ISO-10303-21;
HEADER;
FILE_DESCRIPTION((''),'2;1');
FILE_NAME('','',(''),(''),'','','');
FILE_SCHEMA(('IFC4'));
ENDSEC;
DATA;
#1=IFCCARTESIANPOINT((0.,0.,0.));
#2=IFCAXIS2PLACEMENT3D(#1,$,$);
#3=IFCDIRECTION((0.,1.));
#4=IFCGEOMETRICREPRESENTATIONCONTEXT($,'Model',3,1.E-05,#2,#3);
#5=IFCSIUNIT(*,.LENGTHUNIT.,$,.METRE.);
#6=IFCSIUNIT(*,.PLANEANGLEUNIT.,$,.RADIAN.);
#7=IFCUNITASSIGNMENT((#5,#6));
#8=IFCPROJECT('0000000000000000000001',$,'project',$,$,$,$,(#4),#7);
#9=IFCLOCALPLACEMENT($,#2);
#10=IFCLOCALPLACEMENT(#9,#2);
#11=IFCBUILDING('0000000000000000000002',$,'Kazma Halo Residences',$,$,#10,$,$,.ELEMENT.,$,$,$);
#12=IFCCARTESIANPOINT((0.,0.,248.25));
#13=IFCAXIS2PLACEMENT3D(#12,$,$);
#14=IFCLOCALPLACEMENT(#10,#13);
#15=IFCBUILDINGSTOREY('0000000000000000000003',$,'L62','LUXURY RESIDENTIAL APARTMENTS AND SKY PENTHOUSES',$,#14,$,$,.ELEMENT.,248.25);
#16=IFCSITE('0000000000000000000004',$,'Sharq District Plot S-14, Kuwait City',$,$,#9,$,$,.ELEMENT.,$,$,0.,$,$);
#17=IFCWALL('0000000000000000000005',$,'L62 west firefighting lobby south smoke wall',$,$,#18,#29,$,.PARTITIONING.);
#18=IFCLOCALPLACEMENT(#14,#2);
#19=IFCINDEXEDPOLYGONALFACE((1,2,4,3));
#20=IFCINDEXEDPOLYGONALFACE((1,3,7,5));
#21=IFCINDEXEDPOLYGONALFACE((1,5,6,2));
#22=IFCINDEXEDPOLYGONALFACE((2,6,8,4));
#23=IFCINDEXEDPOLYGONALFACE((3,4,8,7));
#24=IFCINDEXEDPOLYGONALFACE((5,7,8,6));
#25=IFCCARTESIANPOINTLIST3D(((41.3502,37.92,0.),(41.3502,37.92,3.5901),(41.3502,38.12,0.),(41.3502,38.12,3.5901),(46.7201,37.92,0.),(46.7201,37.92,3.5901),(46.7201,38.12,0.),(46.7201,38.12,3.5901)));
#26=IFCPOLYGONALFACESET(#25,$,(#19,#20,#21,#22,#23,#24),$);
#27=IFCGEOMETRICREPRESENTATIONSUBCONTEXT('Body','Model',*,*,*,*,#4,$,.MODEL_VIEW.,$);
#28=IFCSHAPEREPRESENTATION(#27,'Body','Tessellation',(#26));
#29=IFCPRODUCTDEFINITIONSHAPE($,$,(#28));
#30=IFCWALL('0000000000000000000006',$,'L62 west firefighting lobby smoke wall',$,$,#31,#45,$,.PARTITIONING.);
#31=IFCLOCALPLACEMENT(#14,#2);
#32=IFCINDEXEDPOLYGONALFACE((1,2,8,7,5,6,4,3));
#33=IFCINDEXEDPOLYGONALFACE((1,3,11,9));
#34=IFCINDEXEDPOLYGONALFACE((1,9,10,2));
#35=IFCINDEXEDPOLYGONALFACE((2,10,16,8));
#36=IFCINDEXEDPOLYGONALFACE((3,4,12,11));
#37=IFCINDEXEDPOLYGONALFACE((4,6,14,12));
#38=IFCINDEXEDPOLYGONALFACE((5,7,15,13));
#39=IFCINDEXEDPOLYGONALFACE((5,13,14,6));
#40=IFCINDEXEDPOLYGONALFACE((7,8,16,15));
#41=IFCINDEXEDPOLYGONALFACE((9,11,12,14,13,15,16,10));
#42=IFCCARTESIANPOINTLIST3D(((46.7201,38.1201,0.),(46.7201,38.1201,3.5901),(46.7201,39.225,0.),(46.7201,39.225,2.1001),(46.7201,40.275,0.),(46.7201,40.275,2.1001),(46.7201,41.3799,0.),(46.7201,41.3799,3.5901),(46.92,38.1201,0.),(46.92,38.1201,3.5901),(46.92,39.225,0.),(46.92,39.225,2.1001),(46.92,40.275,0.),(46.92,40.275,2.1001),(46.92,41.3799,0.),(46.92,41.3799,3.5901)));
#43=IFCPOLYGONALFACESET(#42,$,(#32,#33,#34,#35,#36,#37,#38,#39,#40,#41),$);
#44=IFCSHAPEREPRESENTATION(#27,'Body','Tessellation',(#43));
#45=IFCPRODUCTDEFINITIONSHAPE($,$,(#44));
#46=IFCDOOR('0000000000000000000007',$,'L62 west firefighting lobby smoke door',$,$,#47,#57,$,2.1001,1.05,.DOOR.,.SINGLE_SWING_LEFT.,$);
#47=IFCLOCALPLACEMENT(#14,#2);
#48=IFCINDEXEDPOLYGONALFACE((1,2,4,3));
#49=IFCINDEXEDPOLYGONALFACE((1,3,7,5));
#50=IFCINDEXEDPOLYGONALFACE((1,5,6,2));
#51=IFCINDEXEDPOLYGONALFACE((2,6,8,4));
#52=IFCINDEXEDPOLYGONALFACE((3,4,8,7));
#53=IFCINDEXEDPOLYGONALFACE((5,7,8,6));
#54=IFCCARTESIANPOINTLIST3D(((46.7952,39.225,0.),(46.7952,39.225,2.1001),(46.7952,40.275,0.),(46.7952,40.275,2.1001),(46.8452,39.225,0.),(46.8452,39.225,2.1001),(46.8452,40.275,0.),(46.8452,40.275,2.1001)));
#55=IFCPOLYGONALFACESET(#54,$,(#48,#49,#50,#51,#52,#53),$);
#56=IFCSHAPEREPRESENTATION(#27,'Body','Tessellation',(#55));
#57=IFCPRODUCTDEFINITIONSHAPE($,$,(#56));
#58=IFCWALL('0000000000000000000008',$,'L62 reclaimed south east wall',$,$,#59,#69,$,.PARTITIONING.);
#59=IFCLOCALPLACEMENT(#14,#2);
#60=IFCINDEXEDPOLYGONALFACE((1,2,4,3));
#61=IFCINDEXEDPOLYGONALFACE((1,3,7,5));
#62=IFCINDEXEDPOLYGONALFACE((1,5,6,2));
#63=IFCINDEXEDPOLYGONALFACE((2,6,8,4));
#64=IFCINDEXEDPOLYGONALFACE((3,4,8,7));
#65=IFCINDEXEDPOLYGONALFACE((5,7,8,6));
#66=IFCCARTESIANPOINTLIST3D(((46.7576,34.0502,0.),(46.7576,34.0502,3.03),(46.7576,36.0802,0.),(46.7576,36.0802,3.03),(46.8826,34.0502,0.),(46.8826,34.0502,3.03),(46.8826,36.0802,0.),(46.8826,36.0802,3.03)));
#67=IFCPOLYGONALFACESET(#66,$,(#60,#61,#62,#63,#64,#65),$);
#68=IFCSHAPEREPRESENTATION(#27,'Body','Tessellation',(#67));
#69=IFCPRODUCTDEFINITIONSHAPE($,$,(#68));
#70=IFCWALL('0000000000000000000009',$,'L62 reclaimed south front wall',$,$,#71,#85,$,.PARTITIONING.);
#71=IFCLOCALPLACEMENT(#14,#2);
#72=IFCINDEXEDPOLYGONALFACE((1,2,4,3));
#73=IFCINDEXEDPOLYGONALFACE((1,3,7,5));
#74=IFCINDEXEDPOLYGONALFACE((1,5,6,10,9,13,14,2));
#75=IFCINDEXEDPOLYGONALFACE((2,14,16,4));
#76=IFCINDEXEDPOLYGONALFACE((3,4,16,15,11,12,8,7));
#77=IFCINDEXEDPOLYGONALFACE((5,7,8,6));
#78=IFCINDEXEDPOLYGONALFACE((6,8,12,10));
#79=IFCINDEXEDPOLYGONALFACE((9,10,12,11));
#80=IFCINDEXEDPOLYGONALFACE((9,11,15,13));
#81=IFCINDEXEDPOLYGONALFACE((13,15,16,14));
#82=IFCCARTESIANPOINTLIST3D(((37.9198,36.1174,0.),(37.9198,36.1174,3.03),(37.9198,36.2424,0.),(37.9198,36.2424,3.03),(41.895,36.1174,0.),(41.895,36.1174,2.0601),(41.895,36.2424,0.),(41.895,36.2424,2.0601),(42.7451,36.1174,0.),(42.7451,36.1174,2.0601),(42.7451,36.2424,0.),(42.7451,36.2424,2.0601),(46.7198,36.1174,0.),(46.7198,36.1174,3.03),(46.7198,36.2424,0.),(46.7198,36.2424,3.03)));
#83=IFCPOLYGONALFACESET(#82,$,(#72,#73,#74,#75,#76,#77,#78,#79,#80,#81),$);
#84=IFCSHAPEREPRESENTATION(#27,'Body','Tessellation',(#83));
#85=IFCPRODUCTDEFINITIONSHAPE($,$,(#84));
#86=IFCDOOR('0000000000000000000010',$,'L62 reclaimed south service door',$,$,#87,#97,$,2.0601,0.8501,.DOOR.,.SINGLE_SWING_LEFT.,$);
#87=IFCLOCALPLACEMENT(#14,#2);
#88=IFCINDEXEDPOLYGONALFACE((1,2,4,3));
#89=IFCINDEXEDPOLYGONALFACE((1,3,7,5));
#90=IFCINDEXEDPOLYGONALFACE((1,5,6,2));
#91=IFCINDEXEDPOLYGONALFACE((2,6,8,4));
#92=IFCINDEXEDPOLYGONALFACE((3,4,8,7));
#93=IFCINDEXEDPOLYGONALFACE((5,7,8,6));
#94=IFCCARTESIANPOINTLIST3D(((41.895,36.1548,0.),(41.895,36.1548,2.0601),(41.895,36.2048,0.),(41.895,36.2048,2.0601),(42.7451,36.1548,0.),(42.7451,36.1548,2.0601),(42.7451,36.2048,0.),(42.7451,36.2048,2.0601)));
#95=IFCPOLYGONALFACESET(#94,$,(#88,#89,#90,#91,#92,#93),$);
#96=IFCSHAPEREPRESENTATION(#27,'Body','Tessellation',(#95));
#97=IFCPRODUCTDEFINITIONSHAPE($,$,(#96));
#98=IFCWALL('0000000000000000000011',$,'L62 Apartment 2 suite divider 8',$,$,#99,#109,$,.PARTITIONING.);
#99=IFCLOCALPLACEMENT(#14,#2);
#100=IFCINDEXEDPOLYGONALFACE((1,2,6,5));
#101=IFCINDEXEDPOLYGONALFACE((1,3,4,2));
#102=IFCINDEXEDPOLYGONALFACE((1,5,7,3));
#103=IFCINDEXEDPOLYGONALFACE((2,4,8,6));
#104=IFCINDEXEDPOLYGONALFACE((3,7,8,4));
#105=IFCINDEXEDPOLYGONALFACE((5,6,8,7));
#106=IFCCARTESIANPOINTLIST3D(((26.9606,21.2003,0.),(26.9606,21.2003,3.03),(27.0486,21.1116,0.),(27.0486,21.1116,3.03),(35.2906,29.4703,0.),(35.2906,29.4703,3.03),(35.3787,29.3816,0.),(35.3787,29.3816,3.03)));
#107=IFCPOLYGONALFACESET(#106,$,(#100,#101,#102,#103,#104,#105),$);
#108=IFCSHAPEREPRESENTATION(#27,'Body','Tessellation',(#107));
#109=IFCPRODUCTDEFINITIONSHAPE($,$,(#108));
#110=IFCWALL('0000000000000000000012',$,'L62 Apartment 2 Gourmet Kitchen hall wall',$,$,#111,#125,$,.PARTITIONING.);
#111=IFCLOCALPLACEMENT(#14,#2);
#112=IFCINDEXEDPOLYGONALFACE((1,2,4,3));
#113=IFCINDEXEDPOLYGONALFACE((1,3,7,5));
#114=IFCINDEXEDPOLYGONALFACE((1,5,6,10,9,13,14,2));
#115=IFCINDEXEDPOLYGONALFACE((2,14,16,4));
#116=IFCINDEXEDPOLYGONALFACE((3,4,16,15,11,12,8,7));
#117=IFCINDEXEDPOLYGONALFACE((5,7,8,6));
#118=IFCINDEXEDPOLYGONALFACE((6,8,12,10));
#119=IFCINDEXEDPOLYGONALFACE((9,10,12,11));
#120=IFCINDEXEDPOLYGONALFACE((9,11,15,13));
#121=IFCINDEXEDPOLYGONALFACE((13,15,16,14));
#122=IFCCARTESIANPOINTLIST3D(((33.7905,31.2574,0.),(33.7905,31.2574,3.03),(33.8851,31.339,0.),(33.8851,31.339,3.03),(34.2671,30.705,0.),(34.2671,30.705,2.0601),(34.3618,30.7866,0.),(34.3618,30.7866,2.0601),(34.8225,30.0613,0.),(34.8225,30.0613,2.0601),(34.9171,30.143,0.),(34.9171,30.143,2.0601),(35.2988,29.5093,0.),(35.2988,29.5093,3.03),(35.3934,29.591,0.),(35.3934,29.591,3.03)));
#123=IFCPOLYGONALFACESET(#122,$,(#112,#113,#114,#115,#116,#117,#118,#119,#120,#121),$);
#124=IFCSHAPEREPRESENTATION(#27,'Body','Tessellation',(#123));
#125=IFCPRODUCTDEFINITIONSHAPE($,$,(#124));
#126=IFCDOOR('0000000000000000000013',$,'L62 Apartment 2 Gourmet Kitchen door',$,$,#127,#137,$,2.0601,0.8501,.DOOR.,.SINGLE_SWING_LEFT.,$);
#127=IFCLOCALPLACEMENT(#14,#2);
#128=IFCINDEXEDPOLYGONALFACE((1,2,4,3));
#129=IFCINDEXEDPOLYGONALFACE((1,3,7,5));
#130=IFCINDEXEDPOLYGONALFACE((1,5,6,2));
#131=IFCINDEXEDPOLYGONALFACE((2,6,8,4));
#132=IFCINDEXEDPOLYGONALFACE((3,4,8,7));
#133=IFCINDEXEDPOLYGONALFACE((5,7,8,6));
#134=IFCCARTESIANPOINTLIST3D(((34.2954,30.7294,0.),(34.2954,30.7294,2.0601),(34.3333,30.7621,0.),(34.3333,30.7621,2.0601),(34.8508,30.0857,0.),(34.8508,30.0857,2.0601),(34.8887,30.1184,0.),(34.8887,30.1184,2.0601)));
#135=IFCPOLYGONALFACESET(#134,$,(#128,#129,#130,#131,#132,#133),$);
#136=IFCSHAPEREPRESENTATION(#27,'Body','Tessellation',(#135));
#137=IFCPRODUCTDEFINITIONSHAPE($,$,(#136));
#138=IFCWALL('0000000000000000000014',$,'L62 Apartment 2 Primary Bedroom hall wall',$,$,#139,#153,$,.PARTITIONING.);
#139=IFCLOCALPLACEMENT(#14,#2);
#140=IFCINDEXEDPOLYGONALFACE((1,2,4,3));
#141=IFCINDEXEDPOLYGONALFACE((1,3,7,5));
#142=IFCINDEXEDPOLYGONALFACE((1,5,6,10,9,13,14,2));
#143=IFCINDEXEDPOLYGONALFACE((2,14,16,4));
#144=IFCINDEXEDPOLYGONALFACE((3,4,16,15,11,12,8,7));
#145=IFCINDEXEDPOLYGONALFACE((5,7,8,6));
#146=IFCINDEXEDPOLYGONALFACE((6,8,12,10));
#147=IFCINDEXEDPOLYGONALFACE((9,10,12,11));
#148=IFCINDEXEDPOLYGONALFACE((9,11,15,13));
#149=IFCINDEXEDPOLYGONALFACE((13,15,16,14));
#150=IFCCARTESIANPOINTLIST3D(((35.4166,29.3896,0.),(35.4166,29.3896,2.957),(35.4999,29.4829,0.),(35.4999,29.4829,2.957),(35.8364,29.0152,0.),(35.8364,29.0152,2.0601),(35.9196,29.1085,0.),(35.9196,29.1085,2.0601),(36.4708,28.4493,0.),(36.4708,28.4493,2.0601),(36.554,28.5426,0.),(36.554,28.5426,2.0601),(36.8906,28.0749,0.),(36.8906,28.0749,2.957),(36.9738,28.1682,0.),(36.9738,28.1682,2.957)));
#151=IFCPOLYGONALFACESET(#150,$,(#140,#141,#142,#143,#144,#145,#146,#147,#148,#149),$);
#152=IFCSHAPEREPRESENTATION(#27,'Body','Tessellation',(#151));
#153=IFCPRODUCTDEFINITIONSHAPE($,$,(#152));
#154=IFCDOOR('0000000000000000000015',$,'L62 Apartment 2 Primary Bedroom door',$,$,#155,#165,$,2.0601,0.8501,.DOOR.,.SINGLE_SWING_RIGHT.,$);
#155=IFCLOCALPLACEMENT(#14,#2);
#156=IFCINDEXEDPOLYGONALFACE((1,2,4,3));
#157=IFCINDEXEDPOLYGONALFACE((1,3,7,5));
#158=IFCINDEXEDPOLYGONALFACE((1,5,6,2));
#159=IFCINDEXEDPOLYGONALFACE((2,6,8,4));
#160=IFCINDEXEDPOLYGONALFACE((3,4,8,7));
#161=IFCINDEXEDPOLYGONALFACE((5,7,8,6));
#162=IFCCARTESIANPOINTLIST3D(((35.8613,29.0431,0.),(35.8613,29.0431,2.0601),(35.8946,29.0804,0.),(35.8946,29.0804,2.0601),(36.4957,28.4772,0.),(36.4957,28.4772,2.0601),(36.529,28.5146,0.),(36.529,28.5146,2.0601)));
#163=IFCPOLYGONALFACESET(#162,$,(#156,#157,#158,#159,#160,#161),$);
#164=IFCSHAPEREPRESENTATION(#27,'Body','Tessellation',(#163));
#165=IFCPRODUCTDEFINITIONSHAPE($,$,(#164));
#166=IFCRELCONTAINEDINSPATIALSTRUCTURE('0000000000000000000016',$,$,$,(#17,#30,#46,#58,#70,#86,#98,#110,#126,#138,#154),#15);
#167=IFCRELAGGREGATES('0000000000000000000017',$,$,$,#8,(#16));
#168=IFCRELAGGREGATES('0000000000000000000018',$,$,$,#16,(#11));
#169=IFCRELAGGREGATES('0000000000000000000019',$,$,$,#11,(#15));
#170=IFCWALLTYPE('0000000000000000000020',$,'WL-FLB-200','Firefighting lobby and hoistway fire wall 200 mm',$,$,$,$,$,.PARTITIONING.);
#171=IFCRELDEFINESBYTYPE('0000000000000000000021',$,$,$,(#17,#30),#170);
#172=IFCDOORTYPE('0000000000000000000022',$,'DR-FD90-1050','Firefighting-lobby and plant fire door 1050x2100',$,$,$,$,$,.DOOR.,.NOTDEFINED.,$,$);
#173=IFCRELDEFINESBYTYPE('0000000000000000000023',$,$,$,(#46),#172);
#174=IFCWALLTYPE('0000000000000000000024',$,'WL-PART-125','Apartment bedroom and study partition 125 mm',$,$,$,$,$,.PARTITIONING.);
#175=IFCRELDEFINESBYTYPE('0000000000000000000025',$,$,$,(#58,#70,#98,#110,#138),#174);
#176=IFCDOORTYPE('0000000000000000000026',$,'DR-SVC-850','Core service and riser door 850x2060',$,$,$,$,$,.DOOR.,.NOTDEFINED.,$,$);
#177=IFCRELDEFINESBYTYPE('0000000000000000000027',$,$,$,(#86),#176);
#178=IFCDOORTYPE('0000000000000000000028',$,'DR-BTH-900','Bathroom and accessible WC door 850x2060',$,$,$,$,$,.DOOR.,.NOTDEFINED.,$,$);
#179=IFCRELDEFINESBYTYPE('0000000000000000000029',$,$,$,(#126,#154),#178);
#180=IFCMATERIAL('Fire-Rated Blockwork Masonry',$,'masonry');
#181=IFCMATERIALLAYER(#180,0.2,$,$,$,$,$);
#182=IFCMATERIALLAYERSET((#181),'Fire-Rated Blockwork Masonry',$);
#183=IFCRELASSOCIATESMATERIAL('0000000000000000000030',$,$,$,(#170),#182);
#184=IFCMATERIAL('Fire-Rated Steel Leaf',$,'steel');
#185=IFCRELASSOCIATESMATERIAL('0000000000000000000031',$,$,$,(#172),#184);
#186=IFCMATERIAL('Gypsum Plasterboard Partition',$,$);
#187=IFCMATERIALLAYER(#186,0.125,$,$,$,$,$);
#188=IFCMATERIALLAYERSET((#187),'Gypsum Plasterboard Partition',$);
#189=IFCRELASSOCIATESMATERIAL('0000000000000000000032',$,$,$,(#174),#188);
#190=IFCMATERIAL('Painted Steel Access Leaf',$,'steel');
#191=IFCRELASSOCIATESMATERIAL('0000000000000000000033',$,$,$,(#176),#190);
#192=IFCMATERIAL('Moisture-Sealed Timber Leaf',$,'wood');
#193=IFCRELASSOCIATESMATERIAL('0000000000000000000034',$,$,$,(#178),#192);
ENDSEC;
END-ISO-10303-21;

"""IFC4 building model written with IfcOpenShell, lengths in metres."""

from ifc_helpers import new_model, si_unit, direction, frame, frame_2d, origin, place, context, subcontext, project, spatial, rectangle, extrude, material, layer, layer_set, type_object, element, fill, save


model = new_model("IFC4")

# Units and contexts
model_context = context("Model", 3, precision=1e-05, world=origin(), true_north=direction((0.0, 1.0)))
body_context = subcontext(model_context, "Body", "Model", "MODEL_VIEW")
ifc_project = project(units=[si_unit("LENGTHUNIT", "METRE"), si_unit("PLANEANGLEUNIT", "RADIAN")], contexts=[model_context])

# Site, building, storey
site_placement = place(None, origin())
site = spatial("IfcSite", under=ifc_project, at=site_placement, Name="Sharq District Plot S-14, Kuwait City", CompositionType="ELEMENT", RefElevation=0.0)
building_placement = place(site_placement, origin())
building = spatial("IfcBuilding", under=site, at=building_placement, Name="Kazma Halo Residences", CompositionType="ELEMENT")
storey_placement = place(building_placement, frame((0.0, 0.0, 248.25)))
storey = spatial("IfcBuildingStorey", under=building, at=storey_placement, Name="L62", Description="LUXURY RESIDENTIAL APARTMENTS AND SKY PENTHOUSES", CompositionType="ELEMENT", Elevation=248.25)

# Wall
ifc_material_1 = material(Name="Fire-Rated Blockwork Masonry", Category="masonry")
ifc_layer_1 = layer(ifc_material_1, 0.2)
ifc_layer_set_1 = layer_set([ifc_layer_1], Name="Fire-Rated Blockwork Masonry")
wall_type_1 = type_object("IfcWallType", Name="WL-FLB-200", Description="Firefighting lobby and hoistway fire wall 200 mm", PredefinedType="PARTITIONING", material=ifc_layer_set_1)
wall_1_placement = place(storey_placement, frame((41.3501, 38.02, 0.0), z_axis=(0.0, 0.0, 1.0), x_axis=(1.0, 0.0, 0.0)))
element("IfcWall", 1, at=wall_1_placement, inside=storey, type_object=wall_type_1, Name="L62 west firefighting lobby south smoke wall", PredefinedType="PARTITIONING", context=body_context, shape_type="SweptSolid", body=[
    extrude(rectangle(XDim=5.3699, YDim=0.2, at=frame_2d((2.6851, 0.0))), origin(), (0.0, 0.0, 1.0), 3.5901),
])

# Wall, opening, door
wall_2_placement = place(storey_placement, frame((46.8201, 38.1201, 0.0), z_axis=(0.0, 0.0, 1.0), x_axis=(0.0, 1.0, 0.0)))
wall_2 = element("IfcWall", 2, at=wall_2_placement, inside=storey, type_object=wall_type_1, Name="L62 west firefighting lobby smoke wall", PredefinedType="PARTITIONING", context=body_context, shape_type="SweptSolid", body=[
    extrude(rectangle(XDim=3.2598, YDim=0.2, at=frame_2d((1.6299, 0.0))), origin(), (0.0, 0.0, 1.0), 3.5901),
])
opening_1_placement = place(wall_2_placement, frame((1.105, 0.0, 0.0)))
opening_1 = element("IfcOpeningElement", 3, at=opening_1_placement, cuts=wall_2, PredefinedType="OPENING", context=body_context, shape_type="SweptSolid", body=[
    extrude(rectangle(XDim=1.05, YDim=2.1001, at=frame_2d((0.5249, 1.05))), frame((0.0, 0.1099, 0.0), z_axis=(0.0, -1.0, 0.0), x_axis=(1.0, 0.0, 0.0)), (0.0, 0.0, 1.0), 0.22),
])
ifc_material_2 = material(Name="Fire-Rated Steel Leaf", Category="steel")
door_type_1 = type_object("IfcDoorType", Name="DR-FD90-1050", Description="Firefighting-lobby and plant fire door 1050x2100", OperationType="NOTDEFINED", PredefinedType="DOOR", material=ifc_material_2)
door_1_placement = place(opening_1_placement, origin())
door_1 = element("IfcDoor", 4, at=door_1_placement, inside=storey, type_object=door_type_1, Name="L62 west firefighting lobby smoke door", OperationType="SINGLE_SWING_LEFT", OverallHeight=2.1001, OverallWidth=1.05, PredefinedType="DOOR", context=body_context, shape_type="SweptSolid", body=[
    extrude(rectangle(XDim=1.05, YDim=2.1001, at=frame_2d((0.5249, 1.05))), frame((0.0, 0.0249, 0.0), z_axis=(0.0, -1.0, 0.0), x_axis=(1.0, 0.0, 0.0)), (0.0, 0.0, 1.0), 0.05),
])
fill(opening_1, door_1)

# Wall
ifc_material_3 = material(Name="Gypsum Plasterboard Partition")
ifc_layer_2 = layer(ifc_material_3, 0.125)
ifc_layer_set_2 = layer_set([ifc_layer_2], Name="Gypsum Plasterboard Partition")
wall_type_2 = type_object("IfcWallType", Name="WL-PART-125", Description="Apartment bedroom and study partition 125 mm", PredefinedType="PARTITIONING", material=ifc_layer_set_2)
wall_3_placement = place(storey_placement, frame((46.8201, 34.05, 0.0), z_axis=(0.0, 0.0, 1.0), x_axis=(0.0, 1.0, 0.0)))
element("IfcWall", 5, at=wall_3_placement, inside=storey, type_object=wall_type_2, Name="L62 reclaimed south east wall", PredefinedType="PARTITIONING", context=body_context, shape_type="SweptSolid", body=[
    extrude(rectangle(XDim=2.03, YDim=0.125, at=frame_2d((1.0151, 0.0))), origin(), (0.0, 0.0, 1.0), 3.03),
])

# Wall, opening, door
wall_4_placement = place(storey_placement, frame((37.9199, 36.1799, 0.0), z_axis=(0.0, 0.0, 1.0), x_axis=(1.0, 0.0, 0.0)))
wall_4 = element("IfcWall", 6, at=wall_4_placement, inside=storey, type_object=wall_type_2, Name="L62 reclaimed south front wall", PredefinedType="PARTITIONING", context=body_context, shape_type="SweptSolid", body=[
    extrude(rectangle(XDim=8.8, YDim=0.125, at=frame_2d((4.3999, 0.0))), origin(), (0.0, 0.0, 1.0), 3.03),
])
opening_2_placement = place(wall_4_placement, frame((3.9751, 0.0, 0.0)))
opening_2 = element("IfcOpeningElement", 7, at=opening_2_placement, cuts=wall_4, PredefinedType="OPENING", context=body_context, shape_type="SweptSolid", body=[
    extrude(rectangle(XDim=0.8501, YDim=2.0601, at=frame_2d((0.425, 1.03))), frame((0.0, 0.0725, 0.0), z_axis=(0.0, -1.0, 0.0), x_axis=(1.0, 0.0, 0.0)), (0.0, 0.0, 1.0), 0.145),
])
ifc_material_4 = material(Name="Painted Steel Access Leaf", Category="steel")
door_type_2 = type_object("IfcDoorType", Name="DR-SVC-850", Description="Core service and riser door 850x2060", OperationType="NOTDEFINED", PredefinedType="DOOR", material=ifc_material_4)
door_2_placement = place(opening_2_placement, origin())
door_2 = element("IfcDoor", 8, at=door_2_placement, inside=storey, type_object=door_type_2, Name="L62 reclaimed south service door", OperationType="SINGLE_SWING_LEFT", OverallHeight=2.0601, OverallWidth=0.8501, PredefinedType="DOOR", context=body_context, shape_type="SweptSolid", body=[
    extrude(rectangle(XDim=0.8501, YDim=2.0601, at=frame_2d((0.425, 1.03))), frame((0.0, 0.0249, 0.0), z_axis=(0.0, -1.0, 0.0), x_axis=(1.0, 0.0, 0.0)), (0.0, 0.0, 1.0), 0.05),
])
fill(opening_2, door_2)

# Wall
wall_5_placement = place(storey_placement, frame((35.3347, 29.426, 0.0), z_axis=(0.0, 0.0, 1.0), x_axis=(-0.70966, -0.704544, 0.0)))
element("IfcWall", 9, at=wall_5_placement, inside=storey, type_object=wall_type_2, Name="L62 Apartment 2 suite divider 8", PredefinedType="PARTITIONING", context=body_context, shape_type="SweptSolid", body=[
    extrude(rectangle(XDim=11.738, YDim=0.125, at=frame_2d((5.8691, 0.0))), origin(), (0.0, 0.0, 1.0), 3.03),
])

# Walls, openings, doors
wall_6_placement = place(storey_placement, frame((33.8379, 31.2981, 0.0), z_axis=(0.0, 0.0, 1.0), x_axis=(0.653278, -0.757118, 0.0)))
wall_6 = element("IfcWall", 10, at=wall_6_placement, inside=storey, type_object=wall_type_2, Name="L62 Apartment 2 Gourmet Kitchen hall wall", PredefinedType="PARTITIONING", context=body_context, shape_type="SweptSolid", body=[
    extrude(rectangle(XDim=2.3088, YDim=0.125, at=frame_2d((1.1543, 0.0))), origin(), (0.0, 0.0, 1.0), 3.03),
])
opening_3_placement = place(wall_6_placement, frame((0.7295, 0.0, 0.0)))
opening_3 = element("IfcOpeningElement", 11, at=opening_3_placement, cuts=wall_6, PredefinedType="OPENING", context=body_context, shape_type="SweptSolid", body=[
    extrude(rectangle(XDim=0.8501, YDim=2.0601, at=frame_2d((0.425, 1.03))), frame((0.0, 0.0725, 0.0), z_axis=(0.0, -1.0, 0.0), x_axis=(1.0, 0.0, 0.0)), (0.0, 0.0, 1.0), 0.145),
])
ifc_material_5 = material(Name="Moisture-Sealed Timber Leaf", Category="wood")
door_type_3 = type_object("IfcDoorType", Name="DR-BTH-900", Description="Bathroom and accessible WC door 850x2060", OperationType="NOTDEFINED", PredefinedType="DOOR", material=ifc_material_5)
door_3_placement = place(opening_3_placement, origin())
door_3 = element("IfcDoor", 12, at=door_3_placement, inside=storey, type_object=door_type_3, Name="L62 Apartment 2 Gourmet Kitchen door", OperationType="SINGLE_SWING_LEFT", OverallHeight=2.0601, OverallWidth=0.8501, PredefinedType="DOOR", context=body_context, shape_type="SweptSolid", body=[
    extrude(rectangle(XDim=0.8501, YDim=2.0601, at=frame_2d((0.425, 1.03))), frame((0.0, 0.0249, 0.0), z_axis=(0.0, -1.0, 0.0), x_axis=(1.0, 0.0, 0.0)), (0.0, 0.0, 1.0), 0.05),
])
fill(opening_3, door_3)
wall_7_placement = place(storey_placement, frame((35.4583, 29.4363, 0.0), z_axis=(0.0, 0.0, 1.0), x_axis=(0.746256, -0.66566, 0.0)))
wall_7 = element("IfcWall", 13, at=wall_7_placement, inside=storey, type_object=wall_type_2, Name="L62 Apartment 2 Primary Bedroom hall wall", PredefinedType="PARTITIONING", context=body_context, shape_type="SweptSolid", body=[
    extrude(rectangle(XDim=1.9751, YDim=0.125, at=frame_2d((0.9875, 0.0))), origin(), (0.0, 0.0, 1.0), 2.957),
])
opening_4_placement = place(wall_7_placement, frame((0.5625, 0.0, 0.0)))
opening_4 = element("IfcOpeningElement", 14, at=opening_4_placement, cuts=wall_7, PredefinedType="OPENING", context=body_context, shape_type="SweptSolid", body=[
    extrude(rectangle(XDim=0.8501, YDim=2.0601, at=frame_2d((0.425, 1.03))), frame((0.0, 0.0725, 0.0), z_axis=(0.0, -1.0, 0.0), x_axis=(1.0, 0.0, 0.0)), (0.0, 0.0, 1.0), 0.145),
])
door_4_placement = place(opening_4_placement, origin())
door_4 = element("IfcDoor", 15, at=door_4_placement, inside=storey, type_object=door_type_3, Name="L62 Apartment 2 Primary Bedroom door", OperationType="SINGLE_SWING_RIGHT", OverallHeight=2.0601, OverallWidth=0.8501, PredefinedType="DOOR", context=body_context, shape_type="SweptSolid", body=[
    extrude(rectangle(XDim=0.8501, YDim=2.0601, at=frame_2d((0.425, 1.03))), frame((0.0, 0.0249, 0.0), z_axis=(0.0, -1.0, 0.0), x_axis=(1.0, 0.0, 0.0)), (0.0, 0.0, 1.0), 0.05),
])
fill(opening_4, door_4)

save(model, "model.ifc")
